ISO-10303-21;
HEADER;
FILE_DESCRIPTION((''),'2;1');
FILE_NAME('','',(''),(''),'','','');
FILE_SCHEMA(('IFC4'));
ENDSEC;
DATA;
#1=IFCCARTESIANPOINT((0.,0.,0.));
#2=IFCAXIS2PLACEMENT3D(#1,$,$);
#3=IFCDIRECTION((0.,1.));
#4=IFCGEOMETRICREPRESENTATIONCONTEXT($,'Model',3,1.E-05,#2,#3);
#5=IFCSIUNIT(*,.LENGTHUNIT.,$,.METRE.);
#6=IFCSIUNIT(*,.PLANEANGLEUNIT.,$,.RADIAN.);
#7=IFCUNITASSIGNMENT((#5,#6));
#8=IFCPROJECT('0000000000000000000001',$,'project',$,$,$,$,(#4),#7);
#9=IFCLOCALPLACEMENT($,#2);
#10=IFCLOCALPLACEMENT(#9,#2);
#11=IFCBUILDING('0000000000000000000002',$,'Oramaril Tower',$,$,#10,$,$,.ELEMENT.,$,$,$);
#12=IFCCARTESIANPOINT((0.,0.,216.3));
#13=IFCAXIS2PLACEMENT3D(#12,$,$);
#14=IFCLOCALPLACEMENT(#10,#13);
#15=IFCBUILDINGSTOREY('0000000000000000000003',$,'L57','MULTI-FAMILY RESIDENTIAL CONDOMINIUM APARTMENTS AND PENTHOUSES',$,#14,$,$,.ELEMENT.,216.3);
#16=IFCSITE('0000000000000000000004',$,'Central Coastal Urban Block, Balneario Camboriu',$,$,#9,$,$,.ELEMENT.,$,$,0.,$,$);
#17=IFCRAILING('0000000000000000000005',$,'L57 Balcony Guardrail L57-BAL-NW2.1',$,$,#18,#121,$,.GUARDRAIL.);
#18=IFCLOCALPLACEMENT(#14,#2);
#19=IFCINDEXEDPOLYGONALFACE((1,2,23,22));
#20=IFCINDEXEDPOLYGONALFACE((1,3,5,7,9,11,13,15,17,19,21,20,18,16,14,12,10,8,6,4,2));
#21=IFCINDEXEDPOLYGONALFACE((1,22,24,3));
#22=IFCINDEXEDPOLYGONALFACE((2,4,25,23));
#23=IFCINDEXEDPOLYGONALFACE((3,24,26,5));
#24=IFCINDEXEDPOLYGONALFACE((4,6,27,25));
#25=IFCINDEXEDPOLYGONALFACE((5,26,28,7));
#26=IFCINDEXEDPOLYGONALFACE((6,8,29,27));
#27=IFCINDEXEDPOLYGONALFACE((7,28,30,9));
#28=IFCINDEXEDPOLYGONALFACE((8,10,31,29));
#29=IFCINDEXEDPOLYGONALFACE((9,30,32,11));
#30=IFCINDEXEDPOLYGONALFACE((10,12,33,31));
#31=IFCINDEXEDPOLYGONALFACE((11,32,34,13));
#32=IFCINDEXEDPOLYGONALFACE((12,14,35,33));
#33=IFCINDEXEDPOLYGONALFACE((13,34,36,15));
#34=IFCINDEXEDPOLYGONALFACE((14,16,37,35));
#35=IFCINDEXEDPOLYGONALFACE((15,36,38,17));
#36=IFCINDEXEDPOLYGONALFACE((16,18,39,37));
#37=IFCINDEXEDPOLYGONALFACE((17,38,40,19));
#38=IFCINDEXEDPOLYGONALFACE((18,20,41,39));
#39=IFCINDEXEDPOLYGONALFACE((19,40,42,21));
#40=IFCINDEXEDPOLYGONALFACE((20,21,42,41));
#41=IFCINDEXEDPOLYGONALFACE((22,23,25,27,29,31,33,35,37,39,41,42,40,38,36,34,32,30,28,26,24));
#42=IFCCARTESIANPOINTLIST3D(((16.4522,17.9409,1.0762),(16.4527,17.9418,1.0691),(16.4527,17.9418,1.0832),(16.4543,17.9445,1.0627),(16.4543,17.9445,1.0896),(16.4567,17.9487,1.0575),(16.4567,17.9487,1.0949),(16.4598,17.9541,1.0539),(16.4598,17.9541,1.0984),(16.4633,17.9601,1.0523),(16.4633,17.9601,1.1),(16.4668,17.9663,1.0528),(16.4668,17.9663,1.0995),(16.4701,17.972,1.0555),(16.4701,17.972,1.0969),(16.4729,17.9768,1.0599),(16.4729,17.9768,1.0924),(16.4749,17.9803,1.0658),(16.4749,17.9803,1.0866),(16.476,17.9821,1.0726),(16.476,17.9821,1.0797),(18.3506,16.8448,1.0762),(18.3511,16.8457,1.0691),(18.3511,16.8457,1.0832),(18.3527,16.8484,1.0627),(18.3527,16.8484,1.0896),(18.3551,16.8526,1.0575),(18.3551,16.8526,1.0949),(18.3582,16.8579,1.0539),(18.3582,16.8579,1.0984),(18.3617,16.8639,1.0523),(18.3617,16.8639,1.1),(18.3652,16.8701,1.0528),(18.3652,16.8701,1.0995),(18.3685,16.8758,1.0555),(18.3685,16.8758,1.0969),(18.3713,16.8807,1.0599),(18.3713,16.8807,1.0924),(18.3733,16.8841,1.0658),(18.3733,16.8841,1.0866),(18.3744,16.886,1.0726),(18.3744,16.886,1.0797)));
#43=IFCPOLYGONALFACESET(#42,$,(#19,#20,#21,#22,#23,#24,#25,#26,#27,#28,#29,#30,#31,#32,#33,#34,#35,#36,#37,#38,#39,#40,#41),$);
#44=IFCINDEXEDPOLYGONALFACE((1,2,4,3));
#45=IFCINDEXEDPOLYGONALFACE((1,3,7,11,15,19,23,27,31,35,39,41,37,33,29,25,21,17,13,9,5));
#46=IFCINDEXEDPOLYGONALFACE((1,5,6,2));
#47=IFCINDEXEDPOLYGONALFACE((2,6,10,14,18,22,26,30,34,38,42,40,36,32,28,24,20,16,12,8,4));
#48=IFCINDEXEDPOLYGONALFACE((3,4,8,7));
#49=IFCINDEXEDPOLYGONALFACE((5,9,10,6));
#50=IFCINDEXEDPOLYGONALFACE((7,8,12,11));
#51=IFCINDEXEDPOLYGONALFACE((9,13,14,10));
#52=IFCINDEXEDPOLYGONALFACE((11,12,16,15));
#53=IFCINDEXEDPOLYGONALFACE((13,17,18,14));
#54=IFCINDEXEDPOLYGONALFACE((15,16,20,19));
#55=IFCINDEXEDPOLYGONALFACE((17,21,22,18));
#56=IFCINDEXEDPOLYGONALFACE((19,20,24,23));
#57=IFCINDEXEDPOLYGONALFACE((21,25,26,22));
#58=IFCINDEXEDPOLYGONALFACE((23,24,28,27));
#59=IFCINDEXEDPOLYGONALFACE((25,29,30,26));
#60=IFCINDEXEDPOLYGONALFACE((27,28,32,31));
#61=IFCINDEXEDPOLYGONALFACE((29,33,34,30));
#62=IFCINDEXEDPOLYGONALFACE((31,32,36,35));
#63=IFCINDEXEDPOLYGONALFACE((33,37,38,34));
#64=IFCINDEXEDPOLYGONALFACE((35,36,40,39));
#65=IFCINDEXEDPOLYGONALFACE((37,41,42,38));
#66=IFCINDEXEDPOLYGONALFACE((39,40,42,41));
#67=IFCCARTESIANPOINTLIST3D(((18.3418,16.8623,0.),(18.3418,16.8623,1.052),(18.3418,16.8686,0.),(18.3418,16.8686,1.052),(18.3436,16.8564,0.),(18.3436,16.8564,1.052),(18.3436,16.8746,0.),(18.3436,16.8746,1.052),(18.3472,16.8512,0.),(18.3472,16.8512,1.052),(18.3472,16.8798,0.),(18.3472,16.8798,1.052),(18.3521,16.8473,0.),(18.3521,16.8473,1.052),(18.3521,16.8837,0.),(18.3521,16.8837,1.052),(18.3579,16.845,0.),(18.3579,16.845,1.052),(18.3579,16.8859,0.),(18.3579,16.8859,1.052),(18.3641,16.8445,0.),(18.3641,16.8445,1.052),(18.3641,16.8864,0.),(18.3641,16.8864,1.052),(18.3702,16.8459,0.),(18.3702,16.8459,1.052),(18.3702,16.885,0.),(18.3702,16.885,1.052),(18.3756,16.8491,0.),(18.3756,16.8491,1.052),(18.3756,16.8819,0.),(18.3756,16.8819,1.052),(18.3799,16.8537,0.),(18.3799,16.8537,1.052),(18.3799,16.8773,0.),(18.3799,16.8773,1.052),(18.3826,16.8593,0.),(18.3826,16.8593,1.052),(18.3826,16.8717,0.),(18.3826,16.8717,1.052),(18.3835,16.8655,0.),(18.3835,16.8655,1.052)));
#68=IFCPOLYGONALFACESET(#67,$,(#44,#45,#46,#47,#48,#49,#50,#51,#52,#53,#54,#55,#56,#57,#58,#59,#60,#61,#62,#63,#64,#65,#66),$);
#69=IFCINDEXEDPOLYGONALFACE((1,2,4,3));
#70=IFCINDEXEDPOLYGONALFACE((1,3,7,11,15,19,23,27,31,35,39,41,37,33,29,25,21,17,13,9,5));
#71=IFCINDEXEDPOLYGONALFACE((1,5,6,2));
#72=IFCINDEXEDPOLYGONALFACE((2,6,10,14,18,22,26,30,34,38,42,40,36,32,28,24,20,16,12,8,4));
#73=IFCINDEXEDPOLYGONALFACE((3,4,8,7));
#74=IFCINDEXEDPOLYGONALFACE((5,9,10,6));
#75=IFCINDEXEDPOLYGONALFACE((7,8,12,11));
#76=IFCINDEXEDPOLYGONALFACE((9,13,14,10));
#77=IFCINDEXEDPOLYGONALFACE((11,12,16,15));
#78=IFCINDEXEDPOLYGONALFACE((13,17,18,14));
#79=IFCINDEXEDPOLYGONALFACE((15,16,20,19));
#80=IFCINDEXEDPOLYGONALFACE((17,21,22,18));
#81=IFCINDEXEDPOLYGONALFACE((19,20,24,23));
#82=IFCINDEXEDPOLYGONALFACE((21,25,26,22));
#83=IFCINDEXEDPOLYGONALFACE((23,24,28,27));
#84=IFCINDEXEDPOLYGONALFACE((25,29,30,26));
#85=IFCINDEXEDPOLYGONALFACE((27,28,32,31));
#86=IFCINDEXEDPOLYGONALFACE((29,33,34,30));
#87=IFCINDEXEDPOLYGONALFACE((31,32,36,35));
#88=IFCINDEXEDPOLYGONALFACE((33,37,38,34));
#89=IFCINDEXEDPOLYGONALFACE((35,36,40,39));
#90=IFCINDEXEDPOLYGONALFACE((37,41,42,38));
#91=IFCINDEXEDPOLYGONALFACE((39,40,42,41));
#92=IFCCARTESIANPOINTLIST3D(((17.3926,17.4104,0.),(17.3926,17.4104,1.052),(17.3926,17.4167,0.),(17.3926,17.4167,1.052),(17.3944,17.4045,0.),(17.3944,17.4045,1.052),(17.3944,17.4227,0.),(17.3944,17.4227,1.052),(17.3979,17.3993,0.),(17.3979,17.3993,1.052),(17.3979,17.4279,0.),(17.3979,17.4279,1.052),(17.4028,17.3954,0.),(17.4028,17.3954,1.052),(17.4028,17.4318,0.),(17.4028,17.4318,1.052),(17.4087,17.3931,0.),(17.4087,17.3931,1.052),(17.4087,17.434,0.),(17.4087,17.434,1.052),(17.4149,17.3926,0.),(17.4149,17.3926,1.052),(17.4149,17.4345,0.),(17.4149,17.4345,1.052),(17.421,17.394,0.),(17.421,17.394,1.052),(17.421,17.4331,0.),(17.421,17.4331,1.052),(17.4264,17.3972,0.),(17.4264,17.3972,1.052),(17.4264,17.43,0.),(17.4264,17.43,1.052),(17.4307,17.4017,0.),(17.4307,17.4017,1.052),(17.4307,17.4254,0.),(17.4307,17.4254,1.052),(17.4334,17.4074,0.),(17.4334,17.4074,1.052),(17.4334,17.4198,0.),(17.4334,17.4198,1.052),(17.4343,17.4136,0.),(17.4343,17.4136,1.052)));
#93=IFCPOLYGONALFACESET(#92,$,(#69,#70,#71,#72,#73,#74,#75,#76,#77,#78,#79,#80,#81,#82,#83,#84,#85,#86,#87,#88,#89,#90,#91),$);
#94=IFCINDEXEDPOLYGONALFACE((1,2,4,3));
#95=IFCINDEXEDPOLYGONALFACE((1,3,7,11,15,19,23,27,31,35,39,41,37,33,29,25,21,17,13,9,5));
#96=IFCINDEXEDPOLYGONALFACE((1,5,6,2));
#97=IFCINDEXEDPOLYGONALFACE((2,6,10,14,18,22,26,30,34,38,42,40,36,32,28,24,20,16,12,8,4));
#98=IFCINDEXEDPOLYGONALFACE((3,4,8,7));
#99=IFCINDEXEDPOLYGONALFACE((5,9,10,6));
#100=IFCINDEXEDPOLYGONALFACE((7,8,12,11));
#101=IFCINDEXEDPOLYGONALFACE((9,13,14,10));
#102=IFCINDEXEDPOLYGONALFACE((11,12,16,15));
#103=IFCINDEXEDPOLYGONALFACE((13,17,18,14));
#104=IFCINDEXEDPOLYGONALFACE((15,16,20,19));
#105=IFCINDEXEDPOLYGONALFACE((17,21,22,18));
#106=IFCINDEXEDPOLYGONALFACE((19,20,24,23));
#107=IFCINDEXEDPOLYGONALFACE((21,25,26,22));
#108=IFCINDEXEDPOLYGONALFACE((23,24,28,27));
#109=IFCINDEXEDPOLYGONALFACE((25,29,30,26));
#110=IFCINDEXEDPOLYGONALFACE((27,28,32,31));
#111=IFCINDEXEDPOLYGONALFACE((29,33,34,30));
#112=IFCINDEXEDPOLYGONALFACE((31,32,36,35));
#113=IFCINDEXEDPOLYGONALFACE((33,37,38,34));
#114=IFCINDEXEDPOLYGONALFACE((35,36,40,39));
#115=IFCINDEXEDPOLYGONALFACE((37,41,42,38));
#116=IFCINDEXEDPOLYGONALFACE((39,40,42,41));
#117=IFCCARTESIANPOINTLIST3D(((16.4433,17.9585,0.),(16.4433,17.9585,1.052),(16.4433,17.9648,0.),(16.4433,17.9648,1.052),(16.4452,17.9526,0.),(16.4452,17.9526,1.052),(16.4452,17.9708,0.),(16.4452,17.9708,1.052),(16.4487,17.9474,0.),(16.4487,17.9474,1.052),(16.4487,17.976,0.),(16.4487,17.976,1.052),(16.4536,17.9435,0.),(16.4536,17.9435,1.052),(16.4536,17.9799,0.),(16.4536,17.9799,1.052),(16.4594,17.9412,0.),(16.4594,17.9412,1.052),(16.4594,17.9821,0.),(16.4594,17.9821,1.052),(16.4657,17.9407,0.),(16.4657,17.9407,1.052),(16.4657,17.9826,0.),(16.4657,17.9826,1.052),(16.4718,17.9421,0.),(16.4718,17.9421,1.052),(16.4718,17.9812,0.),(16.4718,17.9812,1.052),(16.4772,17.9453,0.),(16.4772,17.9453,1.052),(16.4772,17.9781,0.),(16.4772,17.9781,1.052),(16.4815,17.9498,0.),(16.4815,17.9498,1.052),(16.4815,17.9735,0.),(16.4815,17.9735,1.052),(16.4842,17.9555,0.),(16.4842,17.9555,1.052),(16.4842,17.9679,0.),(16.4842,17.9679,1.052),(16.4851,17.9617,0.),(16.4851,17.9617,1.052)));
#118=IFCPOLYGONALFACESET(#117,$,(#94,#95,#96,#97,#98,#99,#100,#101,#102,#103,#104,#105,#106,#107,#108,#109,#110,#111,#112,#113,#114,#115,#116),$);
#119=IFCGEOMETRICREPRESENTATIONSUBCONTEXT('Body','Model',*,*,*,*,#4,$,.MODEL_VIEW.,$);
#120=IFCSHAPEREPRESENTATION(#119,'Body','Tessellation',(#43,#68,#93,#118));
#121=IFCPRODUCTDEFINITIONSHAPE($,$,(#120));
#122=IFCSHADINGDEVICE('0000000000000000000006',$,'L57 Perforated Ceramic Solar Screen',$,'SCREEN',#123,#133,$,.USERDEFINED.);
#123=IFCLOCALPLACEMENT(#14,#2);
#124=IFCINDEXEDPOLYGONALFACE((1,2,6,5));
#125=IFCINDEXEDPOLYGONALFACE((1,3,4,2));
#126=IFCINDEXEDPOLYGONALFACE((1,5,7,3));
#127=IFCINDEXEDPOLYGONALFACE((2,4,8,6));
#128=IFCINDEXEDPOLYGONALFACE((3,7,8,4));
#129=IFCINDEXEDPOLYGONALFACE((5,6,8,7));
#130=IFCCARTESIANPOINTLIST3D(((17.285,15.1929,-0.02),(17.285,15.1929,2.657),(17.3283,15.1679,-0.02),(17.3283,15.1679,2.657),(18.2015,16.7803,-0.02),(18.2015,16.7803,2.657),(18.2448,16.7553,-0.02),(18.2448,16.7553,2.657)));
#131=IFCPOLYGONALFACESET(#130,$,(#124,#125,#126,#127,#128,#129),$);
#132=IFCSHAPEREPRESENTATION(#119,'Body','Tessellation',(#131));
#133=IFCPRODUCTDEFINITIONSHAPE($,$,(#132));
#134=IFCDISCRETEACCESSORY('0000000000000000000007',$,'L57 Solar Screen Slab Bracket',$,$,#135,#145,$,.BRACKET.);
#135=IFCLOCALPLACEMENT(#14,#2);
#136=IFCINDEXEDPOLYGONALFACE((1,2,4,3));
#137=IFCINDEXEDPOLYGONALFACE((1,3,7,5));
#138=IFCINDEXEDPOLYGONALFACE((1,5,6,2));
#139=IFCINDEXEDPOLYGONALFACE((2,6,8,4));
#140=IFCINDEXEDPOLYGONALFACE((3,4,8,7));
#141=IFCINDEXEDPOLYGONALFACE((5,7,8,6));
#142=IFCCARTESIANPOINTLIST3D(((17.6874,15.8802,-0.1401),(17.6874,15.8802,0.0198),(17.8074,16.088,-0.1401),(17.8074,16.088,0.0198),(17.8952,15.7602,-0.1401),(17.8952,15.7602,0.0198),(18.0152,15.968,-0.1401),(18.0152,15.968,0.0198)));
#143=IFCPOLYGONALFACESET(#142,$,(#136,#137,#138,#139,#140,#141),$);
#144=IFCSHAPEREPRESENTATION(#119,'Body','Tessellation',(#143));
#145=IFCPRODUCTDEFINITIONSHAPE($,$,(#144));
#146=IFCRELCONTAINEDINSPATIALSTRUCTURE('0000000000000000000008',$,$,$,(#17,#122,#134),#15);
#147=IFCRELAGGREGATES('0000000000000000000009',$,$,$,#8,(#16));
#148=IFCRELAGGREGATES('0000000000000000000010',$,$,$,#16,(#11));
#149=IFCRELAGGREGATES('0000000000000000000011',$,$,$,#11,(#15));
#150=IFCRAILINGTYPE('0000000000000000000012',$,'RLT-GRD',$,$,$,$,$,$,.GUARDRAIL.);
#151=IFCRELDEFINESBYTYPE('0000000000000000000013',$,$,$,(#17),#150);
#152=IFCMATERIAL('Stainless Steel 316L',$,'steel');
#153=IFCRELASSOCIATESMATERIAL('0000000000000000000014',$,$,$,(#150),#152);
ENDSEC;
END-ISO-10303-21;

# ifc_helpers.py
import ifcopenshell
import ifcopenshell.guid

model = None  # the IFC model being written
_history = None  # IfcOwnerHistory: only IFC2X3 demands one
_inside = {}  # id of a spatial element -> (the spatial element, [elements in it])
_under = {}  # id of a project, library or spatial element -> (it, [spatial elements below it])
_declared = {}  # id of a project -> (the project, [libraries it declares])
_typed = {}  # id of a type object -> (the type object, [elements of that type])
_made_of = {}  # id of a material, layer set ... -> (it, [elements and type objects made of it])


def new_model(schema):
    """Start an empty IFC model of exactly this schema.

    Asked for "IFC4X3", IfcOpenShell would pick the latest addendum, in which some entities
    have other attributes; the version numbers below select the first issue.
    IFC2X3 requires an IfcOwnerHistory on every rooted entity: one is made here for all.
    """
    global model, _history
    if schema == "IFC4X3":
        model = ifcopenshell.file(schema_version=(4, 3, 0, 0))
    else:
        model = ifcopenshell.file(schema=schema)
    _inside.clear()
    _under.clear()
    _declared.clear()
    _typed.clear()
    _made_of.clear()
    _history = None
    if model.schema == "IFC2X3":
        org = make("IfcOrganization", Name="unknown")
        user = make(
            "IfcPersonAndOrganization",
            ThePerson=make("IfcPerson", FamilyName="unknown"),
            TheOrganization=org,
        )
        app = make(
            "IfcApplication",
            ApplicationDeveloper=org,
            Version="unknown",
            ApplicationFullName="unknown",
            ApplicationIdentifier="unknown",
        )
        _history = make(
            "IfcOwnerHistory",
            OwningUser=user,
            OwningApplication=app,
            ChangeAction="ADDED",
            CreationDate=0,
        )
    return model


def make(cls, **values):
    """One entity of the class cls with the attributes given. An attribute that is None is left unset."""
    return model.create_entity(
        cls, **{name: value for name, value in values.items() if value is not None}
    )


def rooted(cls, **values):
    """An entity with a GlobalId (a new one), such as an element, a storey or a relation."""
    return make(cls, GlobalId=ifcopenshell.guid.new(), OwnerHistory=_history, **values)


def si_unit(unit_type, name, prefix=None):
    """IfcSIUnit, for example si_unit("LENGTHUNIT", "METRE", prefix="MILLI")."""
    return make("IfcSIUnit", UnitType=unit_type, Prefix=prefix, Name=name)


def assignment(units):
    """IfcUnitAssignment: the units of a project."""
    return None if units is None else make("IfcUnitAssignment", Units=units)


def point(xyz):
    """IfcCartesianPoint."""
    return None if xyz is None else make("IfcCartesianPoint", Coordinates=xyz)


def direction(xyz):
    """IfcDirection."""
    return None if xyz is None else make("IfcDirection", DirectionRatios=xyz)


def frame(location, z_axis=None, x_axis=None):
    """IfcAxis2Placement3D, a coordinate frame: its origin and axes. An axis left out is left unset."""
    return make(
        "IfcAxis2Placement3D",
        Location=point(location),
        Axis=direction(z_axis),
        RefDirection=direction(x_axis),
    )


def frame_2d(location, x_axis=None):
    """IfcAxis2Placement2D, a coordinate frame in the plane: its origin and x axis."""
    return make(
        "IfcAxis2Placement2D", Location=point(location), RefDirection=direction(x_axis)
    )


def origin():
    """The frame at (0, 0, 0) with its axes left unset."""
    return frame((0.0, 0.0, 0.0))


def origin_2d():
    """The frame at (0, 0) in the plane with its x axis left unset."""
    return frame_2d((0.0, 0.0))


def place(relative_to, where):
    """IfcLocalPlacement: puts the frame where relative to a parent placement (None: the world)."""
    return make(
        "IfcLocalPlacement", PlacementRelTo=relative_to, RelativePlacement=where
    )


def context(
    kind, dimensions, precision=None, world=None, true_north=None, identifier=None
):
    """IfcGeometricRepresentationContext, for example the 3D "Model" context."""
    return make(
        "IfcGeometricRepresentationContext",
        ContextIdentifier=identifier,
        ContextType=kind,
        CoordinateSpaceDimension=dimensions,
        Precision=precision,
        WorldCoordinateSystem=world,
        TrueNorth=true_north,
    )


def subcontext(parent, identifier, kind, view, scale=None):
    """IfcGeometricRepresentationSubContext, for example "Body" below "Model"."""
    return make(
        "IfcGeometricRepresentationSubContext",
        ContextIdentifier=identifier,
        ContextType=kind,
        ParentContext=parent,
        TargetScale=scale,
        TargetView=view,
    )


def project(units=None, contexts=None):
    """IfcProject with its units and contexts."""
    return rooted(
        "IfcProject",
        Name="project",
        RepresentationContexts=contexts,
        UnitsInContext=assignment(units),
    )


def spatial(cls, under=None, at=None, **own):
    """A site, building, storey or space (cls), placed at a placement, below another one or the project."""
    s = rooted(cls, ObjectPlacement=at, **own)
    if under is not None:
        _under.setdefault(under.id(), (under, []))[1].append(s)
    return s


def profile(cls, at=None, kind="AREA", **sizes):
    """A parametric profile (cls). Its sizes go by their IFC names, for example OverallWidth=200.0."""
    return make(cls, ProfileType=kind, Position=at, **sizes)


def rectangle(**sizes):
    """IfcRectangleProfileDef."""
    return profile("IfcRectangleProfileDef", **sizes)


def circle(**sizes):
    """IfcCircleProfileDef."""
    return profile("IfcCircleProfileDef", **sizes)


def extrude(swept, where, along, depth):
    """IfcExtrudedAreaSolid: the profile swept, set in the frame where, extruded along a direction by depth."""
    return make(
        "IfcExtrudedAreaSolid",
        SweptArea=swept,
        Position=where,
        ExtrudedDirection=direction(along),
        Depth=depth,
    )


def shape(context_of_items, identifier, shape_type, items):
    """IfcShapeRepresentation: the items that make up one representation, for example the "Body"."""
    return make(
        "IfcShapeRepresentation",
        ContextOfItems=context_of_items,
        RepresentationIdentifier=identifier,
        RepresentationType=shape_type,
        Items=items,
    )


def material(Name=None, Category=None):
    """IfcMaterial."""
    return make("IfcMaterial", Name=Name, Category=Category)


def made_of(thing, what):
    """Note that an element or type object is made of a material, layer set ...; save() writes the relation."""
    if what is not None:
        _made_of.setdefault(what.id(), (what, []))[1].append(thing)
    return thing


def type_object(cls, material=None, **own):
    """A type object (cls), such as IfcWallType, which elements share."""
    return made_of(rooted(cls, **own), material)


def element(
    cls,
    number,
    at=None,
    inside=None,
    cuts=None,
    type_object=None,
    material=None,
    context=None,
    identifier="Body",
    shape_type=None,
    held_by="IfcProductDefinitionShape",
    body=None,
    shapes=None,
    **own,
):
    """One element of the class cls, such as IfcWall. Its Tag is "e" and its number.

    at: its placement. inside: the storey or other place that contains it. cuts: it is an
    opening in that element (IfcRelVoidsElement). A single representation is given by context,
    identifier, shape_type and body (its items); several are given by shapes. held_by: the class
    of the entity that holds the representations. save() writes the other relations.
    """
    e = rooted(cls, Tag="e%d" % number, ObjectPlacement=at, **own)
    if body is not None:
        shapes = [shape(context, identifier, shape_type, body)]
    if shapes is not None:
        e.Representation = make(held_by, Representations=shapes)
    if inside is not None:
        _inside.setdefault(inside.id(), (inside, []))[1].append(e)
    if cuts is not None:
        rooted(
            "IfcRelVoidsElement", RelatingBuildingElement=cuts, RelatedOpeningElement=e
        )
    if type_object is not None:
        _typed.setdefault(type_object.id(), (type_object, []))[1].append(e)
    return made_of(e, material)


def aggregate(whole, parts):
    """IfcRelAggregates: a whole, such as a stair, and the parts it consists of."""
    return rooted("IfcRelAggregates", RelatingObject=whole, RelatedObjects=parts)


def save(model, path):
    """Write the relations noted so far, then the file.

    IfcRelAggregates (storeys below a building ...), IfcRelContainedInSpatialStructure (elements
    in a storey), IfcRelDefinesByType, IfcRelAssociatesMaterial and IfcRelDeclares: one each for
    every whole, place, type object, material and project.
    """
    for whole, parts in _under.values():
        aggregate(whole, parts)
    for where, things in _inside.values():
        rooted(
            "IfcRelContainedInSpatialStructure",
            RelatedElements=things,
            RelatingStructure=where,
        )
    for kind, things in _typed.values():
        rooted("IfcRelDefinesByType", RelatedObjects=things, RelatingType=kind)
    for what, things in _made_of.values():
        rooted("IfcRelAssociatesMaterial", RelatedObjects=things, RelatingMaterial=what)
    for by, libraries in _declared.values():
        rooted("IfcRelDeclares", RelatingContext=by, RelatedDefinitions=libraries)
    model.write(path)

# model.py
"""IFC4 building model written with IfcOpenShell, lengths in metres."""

from ifc_helpers import new_model, si_unit, direction, frame, origin, origin_2d, place, context, subcontext, project, spatial, rectangle, circle, extrude, material, type_object, element, save


model = new_model("IFC4")

# Units and contexts
model_context = context("Model", 3, precision=1e-05, world=origin(), true_north=direction((0.0, 1.0)))
body_context = subcontext(model_context, "Body", "Model", "MODEL_VIEW")
ifc_project = project(units=[si_unit("LENGTHUNIT", "METRE"), si_unit("PLANEANGLEUNIT", "RADIAN")], contexts=[model_context])

# Site, building, storey
site_placement = place(None, origin())
site = spatial("IfcSite", under=ifc_project, at=site_placement, Name="Central Coastal Urban Block, Balneario Camboriu", CompositionType="ELEMENT", RefElevation=0.0)
building_placement = place(site_placement, origin())
building = spatial("IfcBuilding", under=site, at=building_placement, Name="Oramaril Tower", CompositionType="ELEMENT")
storey_placement = place(building_placement, frame((0.0, 0.0, 216.3)))
storey = spatial("IfcBuildingStorey", under=building, at=storey_placement, Name="L57", Description="MULTI-FAMILY RESIDENTIAL CONDOMINIUM APARTMENTS AND PENTHOUSES", CompositionType="ELEMENT", Elevation=216.3)

# Railing
ifc_material_1 = material(Name="Stainless Steel 316L", Category="steel")
railing_type = type_object("IfcRailingType", Name="RLT-GRD", PredefinedType="GUARDRAIL", material=ifc_material_1)
railing_1_placement = place(storey_placement, frame((18.3625, 16.8655, 0.0)))
element("IfcRailing", 1, at=railing_1_placement, inside=storey, type_object=railing_type, Name="L57 Balcony Guardrail L57-BAL-NW2.1", PredefinedType="GUARDRAIL", context=body_context, shape_type="SweptSolid", body=[
    extrude(circle(Radius=0.0239, at=origin_2d()), frame((0.0, 0.0, 1.0762), z_axis=(-0.866, 0.500044, 0.0), x_axis=(-0.500044, -0.866, 0.0)), (0.0, 0.0, 1.0), 2.1921),
    extrude(circle(Radius=0.021, at=origin_2d()), origin(), (0.0, 0.0, 1.0), 1.052),
    extrude(circle(Radius=0.021, at=origin_2d()), frame((-0.9492, 0.5481, 0.0)), (0.0, 0.0, 1.0), 1.052),
    extrude(circle(Radius=0.021, at=origin_2d()), frame((-1.8984, 1.0962, 0.0)), (0.0, 0.0, 1.0), 1.052),
])

# Shading device
shading_device_placement = place(storey_placement, frame((17.7649, 15.9741, -0.02), z_axis=(0.0, 0.0, 1.0), x_axis=(-0.500002, -0.866025, 0.0)))
element("IfcShadingDevice", 2, at=shading_device_placement, inside=storey, Name="L57 Perforated Ceramic Solar Screen", ObjectType="SCREEN", PredefinedType="USERDEFINED", context=body_context, shape_type="SweptSolid", body=[
    extrude(rectangle(XDim=1.833, YDim=0.05, at=origin_2d()), origin(), (0.0, 0.0, 1.0), 2.677),
])

# Discrete accessory
discrete_accessory_placement = place(storey_placement, frame((17.8513, 15.9241, -0.1401), z_axis=(0.0, 0.0, 1.0), x_axis=(-0.500002, -0.866025, 0.0)))
element("IfcDiscreteAccessory", 3, at=discrete_accessory_placement, inside=storey, Name="L57 Solar Screen Slab Bracket", PredefinedType="BRACKET", context=body_context, shape_type="SweptSolid", body=[
    extrude(rectangle(XDim=0.24, YDim=0.24, at=origin_2d()), origin(), (0.0, 0.0, 1.0), 0.1599),
])

save(model, "model.ifc")
